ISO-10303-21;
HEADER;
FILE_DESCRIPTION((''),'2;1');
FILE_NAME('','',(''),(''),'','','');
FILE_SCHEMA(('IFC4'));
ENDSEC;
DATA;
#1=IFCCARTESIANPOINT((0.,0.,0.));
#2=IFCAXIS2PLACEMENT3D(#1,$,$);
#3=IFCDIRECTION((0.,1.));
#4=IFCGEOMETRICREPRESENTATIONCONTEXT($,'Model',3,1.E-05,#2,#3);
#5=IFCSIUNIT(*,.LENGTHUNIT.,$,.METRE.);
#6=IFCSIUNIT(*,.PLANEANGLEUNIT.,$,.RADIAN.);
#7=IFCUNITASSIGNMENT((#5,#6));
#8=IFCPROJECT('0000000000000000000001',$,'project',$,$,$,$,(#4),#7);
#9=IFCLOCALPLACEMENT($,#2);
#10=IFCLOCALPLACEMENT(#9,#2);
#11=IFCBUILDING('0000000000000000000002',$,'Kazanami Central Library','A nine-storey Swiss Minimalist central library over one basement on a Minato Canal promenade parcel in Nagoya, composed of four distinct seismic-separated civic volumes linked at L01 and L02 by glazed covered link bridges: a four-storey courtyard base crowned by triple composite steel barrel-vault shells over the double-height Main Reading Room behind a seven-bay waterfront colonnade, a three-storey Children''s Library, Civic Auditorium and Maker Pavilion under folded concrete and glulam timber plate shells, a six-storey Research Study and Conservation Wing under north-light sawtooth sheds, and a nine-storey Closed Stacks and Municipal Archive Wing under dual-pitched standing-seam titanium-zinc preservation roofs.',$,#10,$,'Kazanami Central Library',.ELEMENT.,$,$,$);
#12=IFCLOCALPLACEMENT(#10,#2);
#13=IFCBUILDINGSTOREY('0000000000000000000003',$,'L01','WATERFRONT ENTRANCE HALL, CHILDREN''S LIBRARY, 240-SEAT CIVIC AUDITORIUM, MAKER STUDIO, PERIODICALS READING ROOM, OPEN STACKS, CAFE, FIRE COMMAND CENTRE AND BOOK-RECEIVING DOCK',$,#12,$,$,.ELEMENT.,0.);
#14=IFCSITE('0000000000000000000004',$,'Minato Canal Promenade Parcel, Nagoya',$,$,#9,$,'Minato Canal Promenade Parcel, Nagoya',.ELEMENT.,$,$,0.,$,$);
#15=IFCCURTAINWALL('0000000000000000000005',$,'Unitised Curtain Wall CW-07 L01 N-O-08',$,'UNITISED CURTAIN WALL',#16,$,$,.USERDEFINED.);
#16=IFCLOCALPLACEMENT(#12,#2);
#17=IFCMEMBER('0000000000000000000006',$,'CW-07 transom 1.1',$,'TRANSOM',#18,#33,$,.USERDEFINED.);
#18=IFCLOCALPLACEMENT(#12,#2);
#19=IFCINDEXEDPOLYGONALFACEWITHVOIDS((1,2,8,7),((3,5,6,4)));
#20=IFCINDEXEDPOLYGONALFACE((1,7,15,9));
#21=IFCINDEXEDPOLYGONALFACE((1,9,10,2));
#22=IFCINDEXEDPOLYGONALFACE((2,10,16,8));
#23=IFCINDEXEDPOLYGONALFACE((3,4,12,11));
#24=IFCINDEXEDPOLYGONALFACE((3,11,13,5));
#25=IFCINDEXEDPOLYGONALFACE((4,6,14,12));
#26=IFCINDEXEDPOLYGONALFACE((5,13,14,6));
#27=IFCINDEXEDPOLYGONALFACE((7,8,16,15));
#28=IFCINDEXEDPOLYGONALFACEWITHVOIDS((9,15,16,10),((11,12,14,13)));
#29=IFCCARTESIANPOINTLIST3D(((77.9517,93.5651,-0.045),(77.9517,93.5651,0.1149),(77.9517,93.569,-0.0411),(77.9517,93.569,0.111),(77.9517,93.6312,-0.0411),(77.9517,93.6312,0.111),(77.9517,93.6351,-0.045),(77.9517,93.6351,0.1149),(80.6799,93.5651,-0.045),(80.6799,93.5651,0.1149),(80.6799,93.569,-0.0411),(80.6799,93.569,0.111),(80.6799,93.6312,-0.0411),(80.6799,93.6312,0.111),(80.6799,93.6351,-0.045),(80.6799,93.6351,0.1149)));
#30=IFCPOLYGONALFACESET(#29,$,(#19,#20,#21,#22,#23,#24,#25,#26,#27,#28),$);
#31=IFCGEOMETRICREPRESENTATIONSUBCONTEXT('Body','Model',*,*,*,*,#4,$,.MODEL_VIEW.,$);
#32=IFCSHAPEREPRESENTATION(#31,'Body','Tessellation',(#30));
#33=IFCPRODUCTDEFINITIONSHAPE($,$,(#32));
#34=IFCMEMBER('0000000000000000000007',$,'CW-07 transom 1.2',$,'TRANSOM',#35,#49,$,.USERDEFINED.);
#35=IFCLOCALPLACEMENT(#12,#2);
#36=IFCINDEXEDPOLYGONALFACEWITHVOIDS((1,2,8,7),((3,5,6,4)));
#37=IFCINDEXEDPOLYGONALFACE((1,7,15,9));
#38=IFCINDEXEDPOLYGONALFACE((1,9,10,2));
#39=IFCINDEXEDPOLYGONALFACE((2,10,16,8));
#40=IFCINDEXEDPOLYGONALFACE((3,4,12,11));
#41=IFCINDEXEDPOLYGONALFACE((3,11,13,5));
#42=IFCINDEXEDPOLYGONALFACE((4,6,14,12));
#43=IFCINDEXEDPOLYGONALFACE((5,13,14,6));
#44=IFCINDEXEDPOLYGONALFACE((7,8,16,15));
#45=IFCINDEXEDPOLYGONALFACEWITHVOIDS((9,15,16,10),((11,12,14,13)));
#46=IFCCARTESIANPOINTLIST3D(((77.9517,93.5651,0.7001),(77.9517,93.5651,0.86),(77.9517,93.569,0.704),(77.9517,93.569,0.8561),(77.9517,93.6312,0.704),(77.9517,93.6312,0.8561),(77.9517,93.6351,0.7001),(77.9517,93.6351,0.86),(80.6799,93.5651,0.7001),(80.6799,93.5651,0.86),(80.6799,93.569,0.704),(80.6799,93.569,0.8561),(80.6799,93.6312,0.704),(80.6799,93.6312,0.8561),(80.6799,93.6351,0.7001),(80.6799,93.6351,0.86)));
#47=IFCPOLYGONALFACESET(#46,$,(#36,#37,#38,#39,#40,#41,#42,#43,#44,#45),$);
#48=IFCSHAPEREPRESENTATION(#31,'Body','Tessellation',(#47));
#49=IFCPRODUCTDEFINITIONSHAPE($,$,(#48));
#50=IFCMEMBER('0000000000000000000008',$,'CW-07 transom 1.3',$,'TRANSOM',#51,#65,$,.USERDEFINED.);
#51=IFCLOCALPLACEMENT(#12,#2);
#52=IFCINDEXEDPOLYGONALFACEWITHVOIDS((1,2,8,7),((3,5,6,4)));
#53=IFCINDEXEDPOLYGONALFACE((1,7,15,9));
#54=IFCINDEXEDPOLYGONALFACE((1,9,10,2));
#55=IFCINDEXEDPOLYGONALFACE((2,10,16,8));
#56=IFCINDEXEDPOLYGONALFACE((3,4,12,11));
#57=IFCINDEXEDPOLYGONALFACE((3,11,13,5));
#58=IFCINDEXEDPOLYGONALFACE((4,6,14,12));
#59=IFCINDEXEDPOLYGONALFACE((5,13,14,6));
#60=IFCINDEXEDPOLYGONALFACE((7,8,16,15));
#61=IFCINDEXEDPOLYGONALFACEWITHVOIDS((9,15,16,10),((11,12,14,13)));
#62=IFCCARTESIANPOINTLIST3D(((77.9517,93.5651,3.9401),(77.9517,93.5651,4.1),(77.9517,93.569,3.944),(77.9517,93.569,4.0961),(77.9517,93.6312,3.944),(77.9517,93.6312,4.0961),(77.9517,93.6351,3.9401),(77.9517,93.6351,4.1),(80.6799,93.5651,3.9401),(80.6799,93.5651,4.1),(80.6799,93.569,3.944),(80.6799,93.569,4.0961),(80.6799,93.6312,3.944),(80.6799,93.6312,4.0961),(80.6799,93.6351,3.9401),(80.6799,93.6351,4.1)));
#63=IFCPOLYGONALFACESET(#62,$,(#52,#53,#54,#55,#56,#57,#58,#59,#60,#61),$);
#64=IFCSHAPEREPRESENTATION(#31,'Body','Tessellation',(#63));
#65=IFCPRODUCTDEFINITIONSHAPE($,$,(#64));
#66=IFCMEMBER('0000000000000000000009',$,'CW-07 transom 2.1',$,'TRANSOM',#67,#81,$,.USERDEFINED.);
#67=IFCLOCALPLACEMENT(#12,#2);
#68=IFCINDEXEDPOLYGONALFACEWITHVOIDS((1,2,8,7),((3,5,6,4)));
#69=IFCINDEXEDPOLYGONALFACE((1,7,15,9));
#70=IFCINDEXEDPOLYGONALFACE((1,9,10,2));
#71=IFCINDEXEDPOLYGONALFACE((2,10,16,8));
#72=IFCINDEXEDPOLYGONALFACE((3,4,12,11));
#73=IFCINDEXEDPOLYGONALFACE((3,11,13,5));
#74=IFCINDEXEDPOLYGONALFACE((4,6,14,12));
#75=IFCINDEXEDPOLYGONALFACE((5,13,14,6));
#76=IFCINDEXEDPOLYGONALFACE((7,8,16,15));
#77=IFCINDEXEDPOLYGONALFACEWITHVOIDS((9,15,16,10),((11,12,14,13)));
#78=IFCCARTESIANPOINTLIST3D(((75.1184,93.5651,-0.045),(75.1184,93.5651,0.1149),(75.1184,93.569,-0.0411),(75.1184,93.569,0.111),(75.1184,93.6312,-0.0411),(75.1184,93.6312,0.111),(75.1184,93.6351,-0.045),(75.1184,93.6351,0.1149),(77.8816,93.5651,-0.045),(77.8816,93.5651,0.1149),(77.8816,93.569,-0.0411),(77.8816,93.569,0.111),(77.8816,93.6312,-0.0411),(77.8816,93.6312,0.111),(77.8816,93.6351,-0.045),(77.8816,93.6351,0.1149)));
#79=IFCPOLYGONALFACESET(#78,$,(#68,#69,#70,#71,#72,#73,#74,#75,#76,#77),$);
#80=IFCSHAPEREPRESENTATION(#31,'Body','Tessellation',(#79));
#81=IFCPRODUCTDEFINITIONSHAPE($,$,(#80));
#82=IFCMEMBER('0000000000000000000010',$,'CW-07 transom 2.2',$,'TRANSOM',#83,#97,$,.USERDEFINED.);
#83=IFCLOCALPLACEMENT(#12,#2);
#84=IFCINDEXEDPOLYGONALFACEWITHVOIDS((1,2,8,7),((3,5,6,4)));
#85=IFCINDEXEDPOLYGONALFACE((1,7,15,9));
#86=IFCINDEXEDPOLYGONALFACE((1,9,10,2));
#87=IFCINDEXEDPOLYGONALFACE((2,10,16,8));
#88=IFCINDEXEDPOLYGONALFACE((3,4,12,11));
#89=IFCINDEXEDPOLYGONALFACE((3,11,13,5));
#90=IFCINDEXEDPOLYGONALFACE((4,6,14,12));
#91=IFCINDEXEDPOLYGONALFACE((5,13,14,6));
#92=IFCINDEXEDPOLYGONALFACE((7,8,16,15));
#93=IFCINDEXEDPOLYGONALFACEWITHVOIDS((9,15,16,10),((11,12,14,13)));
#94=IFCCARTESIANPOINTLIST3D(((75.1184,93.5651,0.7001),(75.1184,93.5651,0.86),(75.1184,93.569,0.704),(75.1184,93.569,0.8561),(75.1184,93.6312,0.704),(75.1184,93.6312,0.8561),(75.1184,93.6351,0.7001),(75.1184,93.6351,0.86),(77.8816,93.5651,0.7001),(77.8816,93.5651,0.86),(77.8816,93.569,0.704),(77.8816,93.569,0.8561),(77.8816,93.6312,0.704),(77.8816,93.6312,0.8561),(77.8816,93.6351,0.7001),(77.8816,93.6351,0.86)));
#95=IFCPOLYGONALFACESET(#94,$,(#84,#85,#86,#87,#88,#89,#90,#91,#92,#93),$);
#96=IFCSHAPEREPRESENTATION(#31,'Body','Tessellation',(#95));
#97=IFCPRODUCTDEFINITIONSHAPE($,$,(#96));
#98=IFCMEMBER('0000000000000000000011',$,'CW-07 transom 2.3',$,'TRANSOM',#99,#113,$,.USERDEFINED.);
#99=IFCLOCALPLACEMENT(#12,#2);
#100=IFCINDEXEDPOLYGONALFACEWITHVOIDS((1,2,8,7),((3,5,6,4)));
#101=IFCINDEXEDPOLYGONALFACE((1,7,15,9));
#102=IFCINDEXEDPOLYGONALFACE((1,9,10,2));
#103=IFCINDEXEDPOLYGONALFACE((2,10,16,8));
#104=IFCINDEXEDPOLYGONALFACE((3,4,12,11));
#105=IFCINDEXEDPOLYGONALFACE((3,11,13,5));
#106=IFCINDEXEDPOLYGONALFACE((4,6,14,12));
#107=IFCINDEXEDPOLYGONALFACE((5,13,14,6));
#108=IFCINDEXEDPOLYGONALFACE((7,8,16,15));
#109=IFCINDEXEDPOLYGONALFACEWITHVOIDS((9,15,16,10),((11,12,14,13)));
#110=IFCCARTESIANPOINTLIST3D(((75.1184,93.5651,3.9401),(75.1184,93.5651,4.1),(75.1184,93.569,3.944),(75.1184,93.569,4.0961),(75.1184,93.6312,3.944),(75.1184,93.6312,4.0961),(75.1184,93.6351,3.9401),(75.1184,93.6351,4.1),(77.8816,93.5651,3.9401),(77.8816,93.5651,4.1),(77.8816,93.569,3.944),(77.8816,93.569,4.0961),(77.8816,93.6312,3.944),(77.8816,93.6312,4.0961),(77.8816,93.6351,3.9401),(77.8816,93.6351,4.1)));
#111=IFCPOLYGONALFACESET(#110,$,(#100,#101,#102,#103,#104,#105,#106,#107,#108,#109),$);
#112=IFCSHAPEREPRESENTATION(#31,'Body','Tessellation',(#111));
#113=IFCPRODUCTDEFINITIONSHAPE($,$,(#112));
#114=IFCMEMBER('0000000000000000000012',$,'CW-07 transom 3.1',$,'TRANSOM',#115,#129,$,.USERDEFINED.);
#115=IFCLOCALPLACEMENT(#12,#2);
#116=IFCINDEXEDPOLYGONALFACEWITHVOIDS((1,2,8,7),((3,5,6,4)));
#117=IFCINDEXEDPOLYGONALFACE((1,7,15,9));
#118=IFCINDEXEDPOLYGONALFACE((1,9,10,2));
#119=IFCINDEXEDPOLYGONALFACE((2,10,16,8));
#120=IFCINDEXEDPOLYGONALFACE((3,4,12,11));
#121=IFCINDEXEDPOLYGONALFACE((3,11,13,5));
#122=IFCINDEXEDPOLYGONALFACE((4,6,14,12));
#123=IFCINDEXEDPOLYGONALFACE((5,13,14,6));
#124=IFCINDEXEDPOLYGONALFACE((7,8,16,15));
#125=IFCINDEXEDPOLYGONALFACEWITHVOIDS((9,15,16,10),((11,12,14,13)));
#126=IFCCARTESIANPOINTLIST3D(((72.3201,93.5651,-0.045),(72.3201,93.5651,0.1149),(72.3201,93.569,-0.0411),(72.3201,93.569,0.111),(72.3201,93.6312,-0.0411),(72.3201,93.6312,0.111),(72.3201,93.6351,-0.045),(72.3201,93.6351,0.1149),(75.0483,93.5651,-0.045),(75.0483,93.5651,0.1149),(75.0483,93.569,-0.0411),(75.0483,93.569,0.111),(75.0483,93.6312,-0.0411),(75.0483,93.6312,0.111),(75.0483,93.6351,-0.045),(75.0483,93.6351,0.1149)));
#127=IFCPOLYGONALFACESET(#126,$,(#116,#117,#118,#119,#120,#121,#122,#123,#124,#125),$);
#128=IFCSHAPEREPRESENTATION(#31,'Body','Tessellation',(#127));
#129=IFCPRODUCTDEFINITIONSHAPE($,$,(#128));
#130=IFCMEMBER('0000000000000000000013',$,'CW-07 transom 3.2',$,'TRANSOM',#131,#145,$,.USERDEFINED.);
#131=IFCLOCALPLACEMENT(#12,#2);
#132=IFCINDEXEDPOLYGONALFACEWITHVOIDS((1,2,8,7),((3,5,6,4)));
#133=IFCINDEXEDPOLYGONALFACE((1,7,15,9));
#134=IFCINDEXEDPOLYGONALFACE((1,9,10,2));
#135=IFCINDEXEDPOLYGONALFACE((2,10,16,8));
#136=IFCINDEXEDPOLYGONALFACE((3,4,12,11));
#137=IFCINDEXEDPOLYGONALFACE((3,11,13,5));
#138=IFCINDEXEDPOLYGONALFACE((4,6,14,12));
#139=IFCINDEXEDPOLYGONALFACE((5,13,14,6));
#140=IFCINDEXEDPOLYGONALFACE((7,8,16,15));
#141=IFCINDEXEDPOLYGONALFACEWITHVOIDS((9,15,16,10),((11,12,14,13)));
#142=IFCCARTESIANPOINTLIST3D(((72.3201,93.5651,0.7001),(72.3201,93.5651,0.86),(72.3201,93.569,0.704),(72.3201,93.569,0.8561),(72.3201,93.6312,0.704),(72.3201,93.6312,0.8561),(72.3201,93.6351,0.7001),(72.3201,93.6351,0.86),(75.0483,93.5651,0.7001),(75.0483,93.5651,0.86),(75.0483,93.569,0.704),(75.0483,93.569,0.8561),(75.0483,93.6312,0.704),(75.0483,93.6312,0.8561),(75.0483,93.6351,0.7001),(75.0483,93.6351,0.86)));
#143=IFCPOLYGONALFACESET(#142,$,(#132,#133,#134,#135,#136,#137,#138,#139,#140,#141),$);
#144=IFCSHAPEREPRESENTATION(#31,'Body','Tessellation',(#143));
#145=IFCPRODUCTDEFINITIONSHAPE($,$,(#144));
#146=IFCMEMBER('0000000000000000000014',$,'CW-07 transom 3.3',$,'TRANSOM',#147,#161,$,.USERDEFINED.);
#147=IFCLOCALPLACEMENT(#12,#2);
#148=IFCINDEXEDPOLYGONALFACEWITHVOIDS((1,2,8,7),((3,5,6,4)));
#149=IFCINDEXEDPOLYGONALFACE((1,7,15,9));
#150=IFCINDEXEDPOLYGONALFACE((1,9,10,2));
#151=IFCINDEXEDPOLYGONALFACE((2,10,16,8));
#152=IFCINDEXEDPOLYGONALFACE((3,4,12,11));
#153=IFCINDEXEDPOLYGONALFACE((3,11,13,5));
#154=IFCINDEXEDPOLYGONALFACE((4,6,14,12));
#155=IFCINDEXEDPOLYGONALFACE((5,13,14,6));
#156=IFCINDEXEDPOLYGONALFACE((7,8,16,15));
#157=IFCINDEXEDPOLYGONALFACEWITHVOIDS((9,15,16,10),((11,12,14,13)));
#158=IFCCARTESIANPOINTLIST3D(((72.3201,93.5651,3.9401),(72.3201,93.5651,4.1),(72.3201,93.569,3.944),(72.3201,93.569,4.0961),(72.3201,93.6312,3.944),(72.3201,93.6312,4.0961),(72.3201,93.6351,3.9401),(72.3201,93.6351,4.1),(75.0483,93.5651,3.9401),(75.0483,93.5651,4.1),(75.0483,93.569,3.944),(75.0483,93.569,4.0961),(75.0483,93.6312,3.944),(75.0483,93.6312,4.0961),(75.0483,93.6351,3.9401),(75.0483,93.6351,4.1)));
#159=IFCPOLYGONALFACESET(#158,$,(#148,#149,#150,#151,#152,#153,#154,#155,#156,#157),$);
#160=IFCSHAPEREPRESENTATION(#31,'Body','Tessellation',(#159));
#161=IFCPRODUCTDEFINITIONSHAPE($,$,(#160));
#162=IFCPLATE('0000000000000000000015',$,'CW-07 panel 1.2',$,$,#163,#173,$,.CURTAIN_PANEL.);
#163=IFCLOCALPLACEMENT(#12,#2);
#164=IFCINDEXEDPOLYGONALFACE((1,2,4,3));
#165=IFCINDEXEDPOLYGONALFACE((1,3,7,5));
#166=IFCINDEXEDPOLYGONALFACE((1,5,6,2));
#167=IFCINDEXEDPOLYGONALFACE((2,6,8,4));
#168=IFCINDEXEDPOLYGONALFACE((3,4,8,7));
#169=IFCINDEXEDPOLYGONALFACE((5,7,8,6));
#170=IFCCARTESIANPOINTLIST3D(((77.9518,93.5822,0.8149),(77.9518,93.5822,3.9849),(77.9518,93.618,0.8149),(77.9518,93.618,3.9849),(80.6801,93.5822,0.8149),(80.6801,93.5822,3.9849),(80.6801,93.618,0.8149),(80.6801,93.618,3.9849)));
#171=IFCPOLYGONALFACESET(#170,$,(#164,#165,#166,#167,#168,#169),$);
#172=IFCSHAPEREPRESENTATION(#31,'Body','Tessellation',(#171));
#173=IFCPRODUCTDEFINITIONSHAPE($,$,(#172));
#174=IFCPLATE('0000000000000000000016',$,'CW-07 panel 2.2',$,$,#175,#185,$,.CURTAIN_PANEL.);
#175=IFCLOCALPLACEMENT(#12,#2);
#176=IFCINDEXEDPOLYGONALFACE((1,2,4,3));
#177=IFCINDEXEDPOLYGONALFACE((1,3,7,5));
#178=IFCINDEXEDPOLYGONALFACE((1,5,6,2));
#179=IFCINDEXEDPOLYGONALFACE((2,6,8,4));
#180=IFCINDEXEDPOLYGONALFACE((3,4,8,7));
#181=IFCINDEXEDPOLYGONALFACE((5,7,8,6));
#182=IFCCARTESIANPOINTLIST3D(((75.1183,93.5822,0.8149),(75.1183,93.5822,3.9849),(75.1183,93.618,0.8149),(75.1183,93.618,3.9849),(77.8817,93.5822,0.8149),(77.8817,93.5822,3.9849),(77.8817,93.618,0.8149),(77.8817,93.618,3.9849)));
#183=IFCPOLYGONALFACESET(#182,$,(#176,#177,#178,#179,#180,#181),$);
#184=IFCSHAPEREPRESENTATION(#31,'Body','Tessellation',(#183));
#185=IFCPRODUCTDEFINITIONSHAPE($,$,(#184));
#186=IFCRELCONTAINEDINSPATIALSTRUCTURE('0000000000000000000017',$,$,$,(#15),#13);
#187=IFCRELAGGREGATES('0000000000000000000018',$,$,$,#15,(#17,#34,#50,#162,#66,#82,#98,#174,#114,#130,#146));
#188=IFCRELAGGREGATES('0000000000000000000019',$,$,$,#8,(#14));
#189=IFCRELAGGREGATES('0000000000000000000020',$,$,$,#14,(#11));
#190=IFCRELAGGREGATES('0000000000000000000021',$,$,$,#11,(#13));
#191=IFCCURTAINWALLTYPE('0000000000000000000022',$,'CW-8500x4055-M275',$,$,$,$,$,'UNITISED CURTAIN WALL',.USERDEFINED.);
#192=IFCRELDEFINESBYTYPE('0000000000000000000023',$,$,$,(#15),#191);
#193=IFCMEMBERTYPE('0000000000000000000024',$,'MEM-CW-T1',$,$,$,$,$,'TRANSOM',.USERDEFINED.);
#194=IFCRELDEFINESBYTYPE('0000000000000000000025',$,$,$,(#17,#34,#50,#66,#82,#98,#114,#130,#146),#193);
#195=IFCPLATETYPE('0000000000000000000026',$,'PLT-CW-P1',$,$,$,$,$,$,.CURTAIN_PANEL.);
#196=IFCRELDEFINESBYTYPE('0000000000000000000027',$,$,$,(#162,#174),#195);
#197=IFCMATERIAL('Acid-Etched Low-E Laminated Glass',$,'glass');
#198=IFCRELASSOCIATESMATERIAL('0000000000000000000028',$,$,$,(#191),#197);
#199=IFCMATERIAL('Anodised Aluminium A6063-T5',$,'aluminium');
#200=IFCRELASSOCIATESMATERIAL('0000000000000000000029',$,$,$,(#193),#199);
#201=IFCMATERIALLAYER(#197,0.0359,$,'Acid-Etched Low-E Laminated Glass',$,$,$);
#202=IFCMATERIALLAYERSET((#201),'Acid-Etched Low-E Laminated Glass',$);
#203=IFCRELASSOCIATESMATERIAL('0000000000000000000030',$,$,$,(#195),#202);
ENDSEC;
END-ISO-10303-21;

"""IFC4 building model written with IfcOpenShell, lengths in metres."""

from ifc_helpers import new_model, si_unit, direction, frame, origin, origin_2d, place, context, subcontext, project, spatial, rectangle, hollow_rectangle, extrude, material, layer, layer_set, material_profile, profile_set, type_object, element, aggregate, save


model = new_model("IFC4")

# Units and contexts
model_context = context("Model", 3, precision=1e-05, world=origin(), true_north=direction((0.0, 1.0)))
body_context = subcontext(model_context, "Body", "Model", "MODEL_VIEW")
ifc_project = project(units=[si_unit("LENGTHUNIT", "METRE"), si_unit("PLANEANGLEUNIT", "RADIAN")], contexts=[model_context])

# Site, building, storey
site_placement = place(None, origin())
site = spatial("IfcSite", under=ifc_project, at=site_placement, Name="Minato Canal Promenade Parcel, Nagoya", LongName="Minato Canal Promenade Parcel, Nagoya", CompositionType="ELEMENT", RefElevation=0.0)
building_placement = place(site_placement, origin())
building = spatial("IfcBuilding", under=site, at=building_placement, Name="Kazanami Central Library", Description="A nine-storey Swiss Minimalist central library over one basement on a Minato Canal promenade parcel in Nagoya, composed of four distinct seismic-separated civic volumes linked at L01 and L02 by glazed covered link bridges: a four-storey courtyard base crowned by triple composite steel barrel-vault shells over the double-height Main Reading Room behind a seven-bay waterfront colonnade, a three-storey Children's Library, Civic Auditorium and Maker Pavilion under folded concrete and glulam timber plate shells, a six-storey Research Study and Conservation Wing under north-light sawtooth sheds, and a nine-storey Closed Stacks and Municipal Archive Wing under dual-pitched standing-seam titanium-zinc preservation roofs.", LongName="Kazanami Central Library", CompositionType="ELEMENT")
storey_placement = place(building_placement, origin())
storey = spatial("IfcBuildingStorey", under=building, at=storey_placement, Name="L01", Description="WATERFRONT ENTRANCE HALL, CHILDREN'S LIBRARY, 240-SEAT CIVIC AUDITORIUM, MAKER STUDIO, PERIODICALS READING ROOM, OPEN STACKS, CAFE, FIRE COMMAND CENTRE AND BOOK-RECEIVING DOCK", CompositionType="ELEMENT", Elevation=0.0)

# Curtain wall, members, plates
ifc_material_1 = material(Name="Acid-Etched Low-E Laminated Glass", Category="glass")
curtain_wall_type = type_object("IfcCurtainWallType", Name="CW-8500x4055-M275", ElementType="UNITISED CURTAIN WALL", PredefinedType="USERDEFINED", material=ifc_material_1)
curtain_wall_placement = place(storey_placement, origin())
curtain_wall = element("IfcCurtainWall", 1, at=curtain_wall_placement, inside=storey, type_object=curtain_wall_type, Name="Unitised Curtain Wall CW-07 L01 N-O-08", ObjectType="UNITISED CURTAIN WALL", PredefinedType="USERDEFINED")
ifc_material_2 = material(Name="Anodised Aluminium A6063-T5", Category="aluminium")
ifc_material_profile_1 = material_profile(ifc_material_2, hollow_rectangle(XDim=0.0701, YDim=0.1599, WallThickness=0.0039, at=origin_2d()), Name="ALU-TRAN-70x160x4")
ifc_profile_set_1 = profile_set([ifc_material_profile_1], Name="Anodised Aluminium A6063-T5")
member_type_1 = type_object("IfcMemberType", Name="MEM-CW-T1", ElementType="TRANSOM", PredefinedType="USERDEFINED", material=ifc_profile_set_1)
member_1_placement = place(storey_placement, frame((80.6799, 93.6001, 0.0349), z_axis=(-1.0, 0.0, 0.0), x_axis=(0.0, -1.0, 0.0)))
member_1 = element("IfcMember", 2, at=member_1_placement, type_object=member_type_1, Name="CW-07 transom 1.1", ObjectType="TRANSOM", PredefinedType="USERDEFINED", context=body_context, shape_type="SweptSolid", body=[
    extrude(hollow_rectangle(XDim=0.0701, YDim=0.1599, WallThickness=0.0039, at=origin_2d()), origin(), (0.0, 0.0, 1.0), 2.7283),
])
member_2_placement = place(storey_placement, frame((80.6799, 93.6001, 0.78), z_axis=(-1.0, 0.0, 0.0), x_axis=(0.0, -1.0, 0.0)))
member_2 = element("IfcMember", 3, at=member_2_placement, type_object=member_type_1, Name="CW-07 transom 1.2", ObjectType="TRANSOM", PredefinedType="USERDEFINED", context=body_context, shape_type="SweptSolid", body=[
    extrude(hollow_rectangle(XDim=0.0701, YDim=0.1599, WallThickness=0.0039, at=origin_2d()), origin(), (0.0, 0.0, 1.0), 2.7283),
])
member_3_placement = place(storey_placement, frame((80.6799, 93.6001, 4.02), z_axis=(-1.0, 0.0, 0.0), x_axis=(0.0, -1.0, 0.0)))
member_3 = element("IfcMember", 4, at=member_3_placement, type_object=member_type_1, Name="CW-07 transom 1.3", ObjectType="TRANSOM", PredefinedType="USERDEFINED", context=body_context, shape_type="SweptSolid", body=[
    extrude(hollow_rectangle(XDim=0.0701, YDim=0.1599, WallThickness=0.0039, at=origin_2d()), origin(), (0.0, 0.0, 1.0), 2.7283),
])
member_4_placement = place(storey_placement, frame((77.8816, 93.6001, 0.0349), z_axis=(-1.0, 0.0, 0.0), x_axis=(0.0, -1.0, 0.0)))
member_4 = element("IfcMember", 5, at=member_4_placement, type_object=member_type_1, Name="CW-07 transom 2.1", ObjectType="TRANSOM", PredefinedType="USERDEFINED", context=body_context, shape_type="SweptSolid", body=[
    extrude(hollow_rectangle(XDim=0.0701, YDim=0.1599, WallThickness=0.0039, at=origin_2d()), origin(), (0.0, 0.0, 1.0), 2.7632),
])
member_5_placement = place(storey_placement, frame((77.8816, 93.6001, 0.78), z_axis=(-1.0, 0.0, 0.0), x_axis=(0.0, -1.0, 0.0)))
member_5 = element("IfcMember", 6, at=member_5_placement, type_object=member_type_1, Name="CW-07 transom 2.2", ObjectType="TRANSOM", PredefinedType="USERDEFINED", context=body_context, shape_type="SweptSolid", body=[
    extrude(hollow_rectangle(XDim=0.0701, YDim=0.1599, WallThickness=0.0039, at=origin_2d()), origin(), (0.0, 0.0, 1.0), 2.7632),
])
member_6_placement = place(storey_placement, frame((77.8816, 93.6001, 4.02), z_axis=(-1.0, 0.0, 0.0), x_axis=(0.0, -1.0, 0.0)))
member_6 = element("IfcMember", 7, at=member_6_placement, type_object=member_type_1, Name="CW-07 transom 2.3", ObjectType="TRANSOM", PredefinedType="USERDEFINED", context=body_context, shape_type="SweptSolid", body=[
    extrude(hollow_rectangle(XDim=0.0701, YDim=0.1599, WallThickness=0.0039, at=origin_2d()), origin(), (0.0, 0.0, 1.0), 2.7632),
])
member_7_placement = place(storey_placement, frame((75.0483, 93.6001, 0.0349), z_axis=(-1.0, 0.0, 0.0), x_axis=(0.0, -1.0, 0.0)))
member_7 = element("IfcMember", 8, at=member_7_placement, type_object=member_type_1, Name="CW-07 transom 3.1", ObjectType="TRANSOM", PredefinedType="USERDEFINED", context=body_context, shape_type="SweptSolid", body=[
    extrude(hollow_rectangle(XDim=0.0701, YDim=0.1599, WallThickness=0.0039, at=origin_2d()), origin(), (0.0, 0.0, 1.0), 2.7283),
])
member_8_placement = place(storey_placement, frame((75.0483, 93.6001, 0.78), z_axis=(-1.0, 0.0, 0.0), x_axis=(0.0, -1.0, 0.0)))
member_8 = element("IfcMember", 9, at=member_8_placement, type_object=member_type_1, Name="CW-07 transom 3.2", ObjectType="TRANSOM", PredefinedType="USERDEFINED", context=body_context, shape_type="SweptSolid", body=[
    extrude(hollow_rectangle(XDim=0.0701, YDim=0.1599, WallThickness=0.0039, at=origin_2d()), origin(), (0.0, 0.0, 1.0), 2.7283),
])
member_9_placement = place(storey_placement, frame((75.0483, 93.6001, 4.02), z_axis=(-1.0, 0.0, 0.0), x_axis=(0.0, -1.0, 0.0)))
member_9 = element("IfcMember", 10, at=member_9_placement, type_object=member_type_1, Name="CW-07 transom 3.3", ObjectType="TRANSOM", PredefinedType="USERDEFINED", context=body_context, shape_type="SweptSolid", body=[
    extrude(hollow_rectangle(XDim=0.0701, YDim=0.1599, WallThickness=0.0039, at=origin_2d()), origin(), (0.0, 0.0, 1.0), 2.7283),
])
ifc_layer_1 = layer(ifc_material_1, 0.0359, Name="Acid-Etched Low-E Laminated Glass")
ifc_layer_set_1 = layer_set([ifc_layer_1], Name="Acid-Etched Low-E Laminated Glass")
plate_type_1 = type_object("IfcPlateType", Name="PLT-CW-P1", PredefinedType="CURTAIN_PANEL", material=ifc_layer_set_1)
plate_1_placement = place(storey_placement, frame((79.3159, 93.6001, 0.8149), z_axis=(0.0, 0.0, 1.0), x_axis=(-1.0, 0.0, 0.0)))
plate_1 = element("IfcPlate", 11, at=plate_1_placement, type_object=plate_type_1, Name="CW-07 panel 1.2", PredefinedType="CURTAIN_PANEL", context=body_context, shape_type="SweptSolid", body=[
    extrude(rectangle(XDim=2.7283, YDim=0.0359, at=origin_2d()), origin(), (0.0, 0.0, 1.0), 3.1699),
])
plate_2_placement = place(storey_placement, frame((76.5, 93.6001, 0.8149), z_axis=(0.0, 0.0, 1.0), x_axis=(-1.0, 0.0, 0.0)))
plate_2 = element("IfcPlate", 12, at=plate_2_placement, type_object=plate_type_1, Name="CW-07 panel 2.2", PredefinedType="CURTAIN_PANEL", context=body_context, shape_type="SweptSolid", body=[
    extrude(rectangle(XDim=2.7634, YDim=0.0359, at=origin_2d()), origin(), (0.0, 0.0, 1.0), 3.1699),
])
aggregate(curtain_wall, [member_1, member_2, member_3, plate_1, member_4, member_5, member_6, plate_2, member_7, member_8, member_9])

save(model, "model.ifc")
